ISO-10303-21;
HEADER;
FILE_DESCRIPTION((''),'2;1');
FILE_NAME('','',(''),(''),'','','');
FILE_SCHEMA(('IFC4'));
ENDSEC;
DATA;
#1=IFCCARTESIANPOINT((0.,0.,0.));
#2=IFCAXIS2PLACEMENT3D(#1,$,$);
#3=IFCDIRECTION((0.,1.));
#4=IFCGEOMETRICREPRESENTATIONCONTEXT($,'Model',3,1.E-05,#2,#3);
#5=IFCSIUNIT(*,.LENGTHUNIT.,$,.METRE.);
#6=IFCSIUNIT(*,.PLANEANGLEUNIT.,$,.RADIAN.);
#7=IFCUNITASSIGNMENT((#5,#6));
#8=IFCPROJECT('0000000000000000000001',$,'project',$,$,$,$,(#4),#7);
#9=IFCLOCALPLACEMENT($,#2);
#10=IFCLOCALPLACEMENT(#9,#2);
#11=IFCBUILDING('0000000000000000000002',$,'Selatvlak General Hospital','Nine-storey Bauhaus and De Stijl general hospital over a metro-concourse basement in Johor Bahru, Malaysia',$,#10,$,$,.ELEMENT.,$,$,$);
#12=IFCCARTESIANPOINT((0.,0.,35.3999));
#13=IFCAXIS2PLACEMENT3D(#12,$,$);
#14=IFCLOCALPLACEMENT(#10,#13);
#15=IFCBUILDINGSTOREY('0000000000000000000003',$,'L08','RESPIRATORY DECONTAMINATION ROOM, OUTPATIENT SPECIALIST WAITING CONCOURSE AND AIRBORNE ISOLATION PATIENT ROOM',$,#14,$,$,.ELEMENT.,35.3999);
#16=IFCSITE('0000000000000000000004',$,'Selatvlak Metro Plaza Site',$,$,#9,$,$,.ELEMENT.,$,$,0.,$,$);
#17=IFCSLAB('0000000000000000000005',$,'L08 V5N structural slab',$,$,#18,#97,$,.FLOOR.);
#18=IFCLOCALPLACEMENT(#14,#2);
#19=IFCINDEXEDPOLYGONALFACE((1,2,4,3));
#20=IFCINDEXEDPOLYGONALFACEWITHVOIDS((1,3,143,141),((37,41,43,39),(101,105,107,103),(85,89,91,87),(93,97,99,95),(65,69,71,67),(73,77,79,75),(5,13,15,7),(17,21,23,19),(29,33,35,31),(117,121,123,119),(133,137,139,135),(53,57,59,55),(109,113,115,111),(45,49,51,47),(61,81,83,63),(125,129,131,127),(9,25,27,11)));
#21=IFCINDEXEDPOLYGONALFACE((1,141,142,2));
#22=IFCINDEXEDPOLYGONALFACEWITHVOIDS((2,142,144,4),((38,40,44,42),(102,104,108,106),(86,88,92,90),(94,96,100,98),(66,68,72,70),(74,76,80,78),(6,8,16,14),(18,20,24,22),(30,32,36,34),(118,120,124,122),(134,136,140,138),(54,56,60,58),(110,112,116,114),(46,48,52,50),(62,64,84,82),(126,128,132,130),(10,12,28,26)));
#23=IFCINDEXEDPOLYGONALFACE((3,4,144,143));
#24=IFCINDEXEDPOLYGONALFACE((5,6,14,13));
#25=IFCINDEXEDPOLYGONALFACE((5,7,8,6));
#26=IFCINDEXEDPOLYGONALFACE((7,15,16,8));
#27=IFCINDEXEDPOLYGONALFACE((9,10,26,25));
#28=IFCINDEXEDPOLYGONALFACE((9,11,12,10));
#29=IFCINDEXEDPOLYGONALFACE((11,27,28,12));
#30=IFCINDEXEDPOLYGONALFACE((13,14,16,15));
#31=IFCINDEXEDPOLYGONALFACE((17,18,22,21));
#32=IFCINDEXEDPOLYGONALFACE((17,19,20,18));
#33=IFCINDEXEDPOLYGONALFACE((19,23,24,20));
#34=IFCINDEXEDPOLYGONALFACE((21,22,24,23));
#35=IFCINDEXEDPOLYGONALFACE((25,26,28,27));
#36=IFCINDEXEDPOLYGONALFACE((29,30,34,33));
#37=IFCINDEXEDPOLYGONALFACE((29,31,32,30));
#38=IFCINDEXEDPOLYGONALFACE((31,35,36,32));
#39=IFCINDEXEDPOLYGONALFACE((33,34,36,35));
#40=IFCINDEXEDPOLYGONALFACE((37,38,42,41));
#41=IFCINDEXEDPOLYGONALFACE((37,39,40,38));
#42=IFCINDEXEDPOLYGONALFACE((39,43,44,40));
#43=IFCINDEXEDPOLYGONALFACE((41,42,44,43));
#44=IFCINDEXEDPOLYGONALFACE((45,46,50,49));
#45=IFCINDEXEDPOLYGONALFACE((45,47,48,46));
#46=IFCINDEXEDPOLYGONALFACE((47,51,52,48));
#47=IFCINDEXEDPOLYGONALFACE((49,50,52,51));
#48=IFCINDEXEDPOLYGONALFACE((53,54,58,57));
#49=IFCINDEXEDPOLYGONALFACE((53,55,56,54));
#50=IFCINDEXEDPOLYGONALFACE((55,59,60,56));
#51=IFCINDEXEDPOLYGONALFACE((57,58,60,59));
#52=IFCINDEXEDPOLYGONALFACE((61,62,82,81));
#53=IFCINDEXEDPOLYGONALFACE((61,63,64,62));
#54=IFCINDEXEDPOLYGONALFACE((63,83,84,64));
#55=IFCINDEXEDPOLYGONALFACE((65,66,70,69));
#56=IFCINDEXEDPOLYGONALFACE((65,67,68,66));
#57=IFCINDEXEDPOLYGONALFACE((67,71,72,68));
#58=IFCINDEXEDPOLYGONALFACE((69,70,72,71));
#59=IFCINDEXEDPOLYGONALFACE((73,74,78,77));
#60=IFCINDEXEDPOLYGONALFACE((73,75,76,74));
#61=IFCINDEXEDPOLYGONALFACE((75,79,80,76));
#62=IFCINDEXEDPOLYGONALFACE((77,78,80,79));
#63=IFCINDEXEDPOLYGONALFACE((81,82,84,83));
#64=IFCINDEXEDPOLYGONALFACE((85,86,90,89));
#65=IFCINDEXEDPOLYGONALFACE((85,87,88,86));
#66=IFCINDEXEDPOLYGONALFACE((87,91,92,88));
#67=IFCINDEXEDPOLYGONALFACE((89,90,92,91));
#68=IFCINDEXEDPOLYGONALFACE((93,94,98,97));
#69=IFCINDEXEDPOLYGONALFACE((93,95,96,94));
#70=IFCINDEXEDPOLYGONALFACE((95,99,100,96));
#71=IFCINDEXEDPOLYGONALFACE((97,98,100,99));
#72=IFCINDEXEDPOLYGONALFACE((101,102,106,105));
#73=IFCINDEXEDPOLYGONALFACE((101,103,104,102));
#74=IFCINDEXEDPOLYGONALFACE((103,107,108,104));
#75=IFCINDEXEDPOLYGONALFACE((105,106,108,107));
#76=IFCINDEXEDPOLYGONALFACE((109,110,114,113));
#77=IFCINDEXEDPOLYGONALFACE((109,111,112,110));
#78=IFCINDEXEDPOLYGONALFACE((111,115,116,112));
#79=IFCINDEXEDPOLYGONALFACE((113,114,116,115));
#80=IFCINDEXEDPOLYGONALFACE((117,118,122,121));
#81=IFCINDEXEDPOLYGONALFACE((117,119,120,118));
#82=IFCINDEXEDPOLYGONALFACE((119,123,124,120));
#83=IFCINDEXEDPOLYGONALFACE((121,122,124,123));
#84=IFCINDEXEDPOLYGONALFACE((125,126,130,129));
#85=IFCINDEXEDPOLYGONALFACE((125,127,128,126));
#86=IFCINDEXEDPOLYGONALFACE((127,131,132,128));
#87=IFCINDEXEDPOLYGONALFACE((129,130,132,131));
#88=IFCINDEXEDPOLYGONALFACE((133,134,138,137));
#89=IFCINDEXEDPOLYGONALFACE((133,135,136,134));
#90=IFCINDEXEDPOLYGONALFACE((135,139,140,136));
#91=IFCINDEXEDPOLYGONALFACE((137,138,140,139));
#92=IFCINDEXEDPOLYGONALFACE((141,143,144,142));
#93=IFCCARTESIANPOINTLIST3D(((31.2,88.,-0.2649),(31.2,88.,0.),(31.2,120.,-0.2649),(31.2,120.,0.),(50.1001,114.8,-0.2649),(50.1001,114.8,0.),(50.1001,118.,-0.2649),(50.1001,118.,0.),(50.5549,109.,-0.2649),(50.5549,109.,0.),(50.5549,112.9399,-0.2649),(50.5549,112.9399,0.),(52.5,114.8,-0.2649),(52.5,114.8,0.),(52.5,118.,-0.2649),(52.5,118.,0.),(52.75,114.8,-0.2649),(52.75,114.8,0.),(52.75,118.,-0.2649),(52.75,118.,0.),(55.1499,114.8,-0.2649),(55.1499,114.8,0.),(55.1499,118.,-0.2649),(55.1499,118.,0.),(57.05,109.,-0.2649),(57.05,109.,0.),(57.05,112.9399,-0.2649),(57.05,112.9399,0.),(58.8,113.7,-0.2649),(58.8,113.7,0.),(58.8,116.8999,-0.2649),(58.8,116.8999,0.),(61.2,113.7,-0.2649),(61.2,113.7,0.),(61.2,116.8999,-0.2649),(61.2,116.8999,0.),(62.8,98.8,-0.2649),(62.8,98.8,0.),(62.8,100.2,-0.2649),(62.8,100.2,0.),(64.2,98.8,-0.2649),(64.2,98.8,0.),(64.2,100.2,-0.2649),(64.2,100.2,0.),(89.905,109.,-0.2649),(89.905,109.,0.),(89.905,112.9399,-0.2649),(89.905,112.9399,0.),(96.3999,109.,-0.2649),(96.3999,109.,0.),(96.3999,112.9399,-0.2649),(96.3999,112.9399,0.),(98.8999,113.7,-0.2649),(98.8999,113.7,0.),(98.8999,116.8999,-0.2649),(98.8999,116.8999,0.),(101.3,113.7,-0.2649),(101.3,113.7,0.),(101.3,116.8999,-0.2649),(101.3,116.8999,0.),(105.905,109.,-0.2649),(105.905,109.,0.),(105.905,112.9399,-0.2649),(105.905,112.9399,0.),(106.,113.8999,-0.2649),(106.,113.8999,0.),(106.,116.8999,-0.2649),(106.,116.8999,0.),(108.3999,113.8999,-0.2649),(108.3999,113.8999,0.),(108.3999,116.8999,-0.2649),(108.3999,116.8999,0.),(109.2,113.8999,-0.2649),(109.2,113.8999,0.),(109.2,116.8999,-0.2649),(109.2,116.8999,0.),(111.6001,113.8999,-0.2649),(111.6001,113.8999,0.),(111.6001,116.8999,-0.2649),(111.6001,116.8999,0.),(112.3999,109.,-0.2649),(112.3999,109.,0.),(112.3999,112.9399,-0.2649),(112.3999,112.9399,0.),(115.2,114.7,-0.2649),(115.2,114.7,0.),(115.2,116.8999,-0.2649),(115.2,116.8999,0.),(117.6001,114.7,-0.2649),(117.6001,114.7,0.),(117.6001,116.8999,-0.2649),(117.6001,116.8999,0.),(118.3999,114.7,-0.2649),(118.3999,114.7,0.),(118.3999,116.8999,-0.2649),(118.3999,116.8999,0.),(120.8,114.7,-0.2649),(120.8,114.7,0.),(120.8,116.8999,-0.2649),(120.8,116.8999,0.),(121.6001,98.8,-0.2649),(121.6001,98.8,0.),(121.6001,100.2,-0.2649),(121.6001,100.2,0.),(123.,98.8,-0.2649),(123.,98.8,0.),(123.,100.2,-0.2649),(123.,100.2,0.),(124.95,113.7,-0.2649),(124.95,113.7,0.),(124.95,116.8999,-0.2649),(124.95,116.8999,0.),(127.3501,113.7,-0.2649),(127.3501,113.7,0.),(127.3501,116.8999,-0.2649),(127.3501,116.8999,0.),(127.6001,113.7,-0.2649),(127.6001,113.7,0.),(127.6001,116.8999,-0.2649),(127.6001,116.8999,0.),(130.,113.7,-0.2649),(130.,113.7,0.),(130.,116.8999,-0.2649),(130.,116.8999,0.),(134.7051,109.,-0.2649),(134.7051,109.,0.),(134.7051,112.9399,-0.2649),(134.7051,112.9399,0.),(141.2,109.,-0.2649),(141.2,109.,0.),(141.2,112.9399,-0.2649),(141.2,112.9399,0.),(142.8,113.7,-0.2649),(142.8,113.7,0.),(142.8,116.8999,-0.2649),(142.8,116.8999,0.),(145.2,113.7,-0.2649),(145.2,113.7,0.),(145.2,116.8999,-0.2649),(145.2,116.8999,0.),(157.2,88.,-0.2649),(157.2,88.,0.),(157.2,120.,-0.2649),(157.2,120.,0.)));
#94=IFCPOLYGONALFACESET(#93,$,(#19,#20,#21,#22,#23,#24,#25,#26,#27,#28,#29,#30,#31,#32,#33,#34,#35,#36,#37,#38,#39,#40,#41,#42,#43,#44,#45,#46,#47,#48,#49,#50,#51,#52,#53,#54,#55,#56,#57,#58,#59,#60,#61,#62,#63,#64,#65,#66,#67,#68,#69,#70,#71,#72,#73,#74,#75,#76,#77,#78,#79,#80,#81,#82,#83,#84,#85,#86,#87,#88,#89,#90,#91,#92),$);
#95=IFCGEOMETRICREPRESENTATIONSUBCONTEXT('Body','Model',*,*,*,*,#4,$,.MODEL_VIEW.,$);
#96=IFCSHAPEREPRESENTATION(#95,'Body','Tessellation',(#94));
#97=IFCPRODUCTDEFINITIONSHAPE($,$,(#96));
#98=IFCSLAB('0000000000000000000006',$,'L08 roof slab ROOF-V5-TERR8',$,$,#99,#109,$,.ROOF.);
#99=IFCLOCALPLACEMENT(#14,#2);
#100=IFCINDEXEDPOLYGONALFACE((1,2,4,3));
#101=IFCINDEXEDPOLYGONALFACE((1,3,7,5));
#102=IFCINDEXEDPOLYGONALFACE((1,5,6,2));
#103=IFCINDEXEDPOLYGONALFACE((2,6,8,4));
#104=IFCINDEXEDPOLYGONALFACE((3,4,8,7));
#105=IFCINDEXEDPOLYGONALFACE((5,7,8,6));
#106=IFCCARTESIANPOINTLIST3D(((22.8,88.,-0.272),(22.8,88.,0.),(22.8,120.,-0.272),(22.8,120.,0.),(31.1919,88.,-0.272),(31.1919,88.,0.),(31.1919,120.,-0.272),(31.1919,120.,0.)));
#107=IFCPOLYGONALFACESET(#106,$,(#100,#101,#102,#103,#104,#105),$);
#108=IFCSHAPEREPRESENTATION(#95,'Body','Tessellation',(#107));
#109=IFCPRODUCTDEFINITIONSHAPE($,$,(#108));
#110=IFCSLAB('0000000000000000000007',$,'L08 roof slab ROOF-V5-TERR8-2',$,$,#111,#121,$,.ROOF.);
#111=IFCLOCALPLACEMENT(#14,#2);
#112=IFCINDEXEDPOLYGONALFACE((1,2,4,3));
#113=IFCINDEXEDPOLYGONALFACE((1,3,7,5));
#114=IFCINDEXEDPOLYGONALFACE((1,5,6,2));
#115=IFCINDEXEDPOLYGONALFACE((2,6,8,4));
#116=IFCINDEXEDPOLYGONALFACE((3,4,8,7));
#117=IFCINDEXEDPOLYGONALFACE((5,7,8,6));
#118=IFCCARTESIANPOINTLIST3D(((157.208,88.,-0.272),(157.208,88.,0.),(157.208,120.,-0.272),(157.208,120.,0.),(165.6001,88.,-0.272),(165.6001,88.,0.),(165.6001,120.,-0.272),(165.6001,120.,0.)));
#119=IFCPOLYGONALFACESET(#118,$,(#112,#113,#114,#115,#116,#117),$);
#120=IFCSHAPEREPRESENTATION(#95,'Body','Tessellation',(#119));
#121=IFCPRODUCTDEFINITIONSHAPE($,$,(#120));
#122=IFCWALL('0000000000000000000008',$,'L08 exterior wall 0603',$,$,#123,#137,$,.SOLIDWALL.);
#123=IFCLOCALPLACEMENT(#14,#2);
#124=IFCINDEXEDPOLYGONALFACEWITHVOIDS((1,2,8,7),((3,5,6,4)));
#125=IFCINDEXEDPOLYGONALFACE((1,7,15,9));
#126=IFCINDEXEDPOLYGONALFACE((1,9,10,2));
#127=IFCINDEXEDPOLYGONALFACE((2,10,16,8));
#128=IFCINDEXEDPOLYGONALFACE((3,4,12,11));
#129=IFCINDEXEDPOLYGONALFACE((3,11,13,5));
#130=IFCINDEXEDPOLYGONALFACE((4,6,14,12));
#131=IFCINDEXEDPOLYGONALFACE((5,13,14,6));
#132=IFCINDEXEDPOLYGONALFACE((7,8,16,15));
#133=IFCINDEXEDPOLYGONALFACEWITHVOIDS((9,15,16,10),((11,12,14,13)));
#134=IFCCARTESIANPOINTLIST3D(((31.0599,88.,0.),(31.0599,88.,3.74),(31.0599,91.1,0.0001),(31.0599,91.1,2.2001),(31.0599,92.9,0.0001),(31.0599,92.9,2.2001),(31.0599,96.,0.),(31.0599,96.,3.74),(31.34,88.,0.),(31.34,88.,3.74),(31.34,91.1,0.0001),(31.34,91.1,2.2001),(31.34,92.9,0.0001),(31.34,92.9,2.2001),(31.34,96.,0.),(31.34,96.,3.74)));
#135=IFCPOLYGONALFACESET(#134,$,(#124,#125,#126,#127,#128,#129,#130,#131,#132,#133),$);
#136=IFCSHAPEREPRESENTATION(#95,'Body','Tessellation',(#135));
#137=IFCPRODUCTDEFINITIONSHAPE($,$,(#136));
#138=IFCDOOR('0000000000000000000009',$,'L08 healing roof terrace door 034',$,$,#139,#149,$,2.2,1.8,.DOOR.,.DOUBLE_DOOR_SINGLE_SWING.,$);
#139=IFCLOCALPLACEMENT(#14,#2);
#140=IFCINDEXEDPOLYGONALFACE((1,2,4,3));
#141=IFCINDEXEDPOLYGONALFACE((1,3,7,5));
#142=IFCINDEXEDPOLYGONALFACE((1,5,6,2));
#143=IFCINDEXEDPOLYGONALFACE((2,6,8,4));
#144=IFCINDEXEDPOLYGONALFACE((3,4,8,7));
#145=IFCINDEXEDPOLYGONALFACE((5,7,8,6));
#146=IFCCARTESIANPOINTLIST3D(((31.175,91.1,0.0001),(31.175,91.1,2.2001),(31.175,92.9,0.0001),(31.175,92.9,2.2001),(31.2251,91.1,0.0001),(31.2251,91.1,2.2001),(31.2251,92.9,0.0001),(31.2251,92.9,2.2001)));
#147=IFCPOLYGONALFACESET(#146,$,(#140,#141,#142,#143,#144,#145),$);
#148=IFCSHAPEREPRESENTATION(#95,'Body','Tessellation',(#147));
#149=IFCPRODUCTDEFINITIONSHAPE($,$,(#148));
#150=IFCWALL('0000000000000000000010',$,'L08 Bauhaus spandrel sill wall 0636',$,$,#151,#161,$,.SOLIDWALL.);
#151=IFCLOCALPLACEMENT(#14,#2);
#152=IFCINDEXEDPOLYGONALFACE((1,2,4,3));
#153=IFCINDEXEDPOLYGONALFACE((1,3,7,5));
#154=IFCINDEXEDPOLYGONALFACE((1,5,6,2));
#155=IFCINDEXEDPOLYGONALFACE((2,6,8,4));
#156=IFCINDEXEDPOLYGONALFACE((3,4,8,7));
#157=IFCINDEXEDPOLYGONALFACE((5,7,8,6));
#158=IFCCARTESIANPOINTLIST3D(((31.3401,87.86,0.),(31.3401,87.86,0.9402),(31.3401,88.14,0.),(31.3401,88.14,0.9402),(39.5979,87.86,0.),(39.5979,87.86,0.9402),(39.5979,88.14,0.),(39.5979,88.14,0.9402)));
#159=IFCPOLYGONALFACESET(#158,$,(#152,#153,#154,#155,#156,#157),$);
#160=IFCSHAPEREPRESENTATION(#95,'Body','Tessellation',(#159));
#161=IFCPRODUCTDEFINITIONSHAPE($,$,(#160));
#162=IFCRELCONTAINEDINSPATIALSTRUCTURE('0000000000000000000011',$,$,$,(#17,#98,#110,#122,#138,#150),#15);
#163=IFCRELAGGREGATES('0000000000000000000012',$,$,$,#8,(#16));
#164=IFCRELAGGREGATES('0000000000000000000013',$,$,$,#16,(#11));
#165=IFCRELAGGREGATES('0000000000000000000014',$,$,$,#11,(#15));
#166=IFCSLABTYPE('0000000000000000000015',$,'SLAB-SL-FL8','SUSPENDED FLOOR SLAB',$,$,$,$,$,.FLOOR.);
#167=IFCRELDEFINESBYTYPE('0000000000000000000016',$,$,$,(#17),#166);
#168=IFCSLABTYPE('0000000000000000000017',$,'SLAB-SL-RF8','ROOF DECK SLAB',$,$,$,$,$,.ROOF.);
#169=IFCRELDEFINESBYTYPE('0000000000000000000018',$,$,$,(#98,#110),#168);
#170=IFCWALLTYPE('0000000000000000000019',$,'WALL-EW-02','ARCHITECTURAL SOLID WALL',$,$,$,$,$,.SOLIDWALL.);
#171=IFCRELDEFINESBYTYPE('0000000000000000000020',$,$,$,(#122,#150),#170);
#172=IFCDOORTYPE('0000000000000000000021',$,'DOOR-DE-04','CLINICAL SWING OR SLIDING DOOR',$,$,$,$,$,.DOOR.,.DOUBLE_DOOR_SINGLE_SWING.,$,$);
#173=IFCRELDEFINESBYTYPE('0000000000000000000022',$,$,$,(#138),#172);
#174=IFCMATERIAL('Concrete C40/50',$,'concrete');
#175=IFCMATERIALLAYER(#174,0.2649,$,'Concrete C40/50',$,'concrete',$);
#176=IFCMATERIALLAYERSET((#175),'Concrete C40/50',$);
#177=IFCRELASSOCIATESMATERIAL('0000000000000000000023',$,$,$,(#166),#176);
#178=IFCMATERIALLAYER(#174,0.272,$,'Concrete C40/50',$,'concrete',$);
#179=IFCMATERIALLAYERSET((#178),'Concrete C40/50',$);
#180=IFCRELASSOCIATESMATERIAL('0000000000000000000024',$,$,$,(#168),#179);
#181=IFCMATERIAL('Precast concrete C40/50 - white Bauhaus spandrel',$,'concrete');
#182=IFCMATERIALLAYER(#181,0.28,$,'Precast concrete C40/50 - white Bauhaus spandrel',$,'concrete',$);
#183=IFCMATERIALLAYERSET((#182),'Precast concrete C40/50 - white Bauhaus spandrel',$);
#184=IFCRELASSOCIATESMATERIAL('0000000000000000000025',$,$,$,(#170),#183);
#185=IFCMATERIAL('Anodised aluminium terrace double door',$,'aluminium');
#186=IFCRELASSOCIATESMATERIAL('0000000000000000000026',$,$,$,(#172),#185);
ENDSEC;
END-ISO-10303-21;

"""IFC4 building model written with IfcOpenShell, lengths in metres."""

from ifc_helpers import new_model, si_unit, direction, frame, frame_2d, origin, place, context, subcontext, project, spatial, polyline, rectangle, outline, extrude, material, layer, layer_set, type_object, element, fill, save


model = new_model("IFC4")

# Units and contexts
model_context = context("Model", 3, precision=1e-05, world=origin(), true_north=direction((0.0, 1.0)))
body_context = subcontext(model_context, "Body", "Model", "MODEL_VIEW")
ifc_project = project(units=[si_unit("LENGTHUNIT", "METRE"), si_unit("PLANEANGLEUNIT", "RADIAN")], contexts=[model_context])

# Site, building, storey
site_placement = place(None, origin())
site = spatial("IfcSite", under=ifc_project, at=site_placement, Name="Selatvlak Metro Plaza Site", CompositionType="ELEMENT", RefElevation=0.0)
building_placement = place(site_placement, origin())
building = spatial("IfcBuilding", under=site, at=building_placement, Name="Selatvlak General Hospital", Description="Nine-storey Bauhaus and De Stijl general hospital over a metro-concourse basement in Johor Bahru, Malaysia", CompositionType="ELEMENT")
storey_placement = place(building_placement, frame((0.0, 0.0, 35.3999)))
storey = spatial("IfcBuildingStorey", under=building, at=storey_placement, Name="L08", Description="RESPIRATORY DECONTAMINATION ROOM, OUTPATIENT SPECIALIST WAITING CONCOURSE AND AIRBORNE ISOLATION PATIENT ROOM", CompositionType="ELEMENT", Elevation=35.3999)

# Shared definitions
ifc_material_1 = material(Name="Concrete C40/50", Category="concrete")

# Slabs
ifc_layer_1 = layer(ifc_material_1, 0.2649, Name="Concrete C40/50", Category="concrete")
ifc_layer_set_1 = layer_set([ifc_layer_1], Name="Concrete C40/50")
slab_type_1 = type_object("IfcSlabType", Name="SLAB-SL-FL8", Description="SUSPENDED FLOOR SLAB", PredefinedType="FLOOR", material=ifc_layer_set_1)
slab_1_placement = place(storey_placement, frame((0.0, 0.0, -0.2649)))
element("IfcSlab", 1, at=slab_1_placement, inside=storey, type_object=slab_type_1, Name="L08 V5N structural slab", PredefinedType="FLOOR", context=body_context, shape_type="SweptSolid", body=[
    extrude(outline(polyline([(31.2, 88.0), (31.2, 120.0), (157.2, 120.0), (157.2, 88.0), (31.2, 88.0)]), holes=[polyline([(57.05, 109.0), (57.05, 112.9399), (50.5549, 112.9399), (50.5549, 109.0), (57.05, 109.0)]), polyline([(89.905, 109.0), (96.3999, 109.0), (96.3999, 112.9399), (89.905, 112.9399), (89.905, 109.0)]), polyline([(105.905, 112.9399), (105.905, 109.0), (112.3999, 109.0), (112.3999, 112.9399), (105.905, 112.9399)]), polyline([(141.2, 112.9399), (134.7051, 112.9399), (134.7051, 109.0), (141.2, 109.0), (141.2, 112.9399)]), polyline([(61.2, 116.8999), (58.8, 116.8999), (58.8, 113.7), (61.2, 113.7), (61.2, 116.8999)]), polyline([(101.3, 113.7), (101.3, 116.8999), (98.8999, 116.8999), (98.8999, 113.7), (101.3, 113.7)]), polyline([(142.8, 113.7), (145.2, 113.7), (145.2, 116.8999), (142.8, 116.8999), (142.8, 113.7)]), polyline([(50.1001, 118.0), (50.1001, 114.8), (52.5, 114.8), (52.5, 118.0), (50.1001, 118.0)]), polyline([(55.1499, 118.0), (52.75, 118.0), (52.75, 114.8), (55.1499, 114.8), (55.1499, 118.0)]), polyline([(127.3501, 113.7), (127.3501, 116.8999), (124.95, 116.8999), (124.95, 113.7), (127.3501, 113.7)]), polyline([(127.6001, 113.7), (130.0, 113.7), (130.0, 116.8999), (127.6001, 116.8999), (127.6001, 113.7)]), polyline([(115.2, 116.8999), (115.2, 114.7), (117.6001, 114.7), (117.6001, 116.8999), (115.2, 116.8999)]), polyline([(120.8, 116.8999), (118.3999, 116.8999), (118.3999, 114.7), (120.8, 114.7), (120.8, 116.8999)]), polyline([(108.3999, 113.8999), (108.3999, 116.8999), (106.0, 116.8999), (106.0, 113.8999), (108.3999, 113.8999)]), polyline([(109.2, 113.8999), (111.6001, 113.8999), (111.6001, 116.8999), (109.2, 116.8999), (109.2, 113.8999)]), polyline([(62.8, 100.2), (62.8, 98.8), (64.2, 98.8), (64.2, 100.2), (62.8, 100.2)]), polyline([(123.0, 100.2), (121.6001, 100.2), (121.6001, 98.8), (123.0, 98.8), (123.0, 100.2)])]), origin(), (0.0, 0.0, 1.0), 0.2649),
])
ifc_layer_2 = layer(ifc_material_1, 0.272, Name="Concrete C40/50", Category="concrete")
ifc_layer_set_2 = layer_set([ifc_layer_2], Name="Concrete C40/50")
slab_type_2 = type_object("IfcSlabType", Name="SLAB-SL-RF8", Description="ROOF DECK SLAB", PredefinedType="ROOF", material=ifc_layer_set_2)
slab_2_placement = place(storey_placement, frame((0.0, 0.0, -0.272)))
element("IfcSlab", 2, at=slab_2_placement, inside=storey, type_object=slab_type_2, Name="L08 roof slab ROOF-V5-TERR8", PredefinedType="ROOF", context=body_context, shape_type="SweptSolid", body=[
    extrude(outline(polyline([(31.1919, 120.0), (31.1919, 88.0), (22.8, 88.0), (22.8, 120.0), (31.1919, 120.0)])), origin(), (0.0, 0.0, 1.0), 0.272),
])
slab_3_placement = place(storey_placement, frame((0.0, 0.0, -0.272)))
element("IfcSlab", 3, at=slab_3_placement, inside=storey, type_object=slab_type_2, Name="L08 roof slab ROOF-V5-TERR8-2", PredefinedType="ROOF", context=body_context, shape_type="SweptSolid", body=[
    extrude(outline(polyline([(165.6001, 120.0), (165.6001, 88.0), (157.208, 88.0), (157.208, 120.0), (165.6001, 120.0)])), origin(), (0.0, 0.0, 1.0), 0.272),
])

# Wall, opening, door
ifc_material_2 = material(Name="Precast concrete C40/50 - white Bauhaus spandrel", Category="concrete")
ifc_layer_3 = layer(ifc_material_2, 0.28, Name="Precast concrete C40/50 - white Bauhaus spandrel", Category="concrete")
ifc_layer_set_3 = layer_set([ifc_layer_3], Name="Precast concrete C40/50 - white Bauhaus spandrel")
wall_type = type_object("IfcWallType", Name="WALL-EW-02", Description="ARCHITECTURAL SOLID WALL", PredefinedType="SOLIDWALL", material=ifc_layer_set_3)
wall_1_placement = place(storey_placement, frame((31.2, 88.0, 0.0), z_axis=(0.0, 0.0, 1.0), x_axis=(0.0, 1.0, 0.0)))
wall_1 = element("IfcWall", 4, at=wall_1_placement, inside=storey, type_object=wall_type, Name="L08 exterior wall 0603", PredefinedType="SOLIDWALL", context=body_context, shape_type="SweptSolid", body=[
    extrude(rectangle(XDim=8.0, YDim=0.28, at=frame_2d((4.0, 0.0))), origin(), (0.0, 0.0, 1.0), 3.74),
])
opening_placement = place(wall_1_placement, frame((3.1001, 0.0, 0.0)))
opening = element("IfcOpeningElement", 5, at=opening_placement, cuts=wall_1, PredefinedType="OPENING", context=body_context, shape_type="SweptSolid", body=[
    extrude(rectangle(XDim=1.8, YDim=2.2, at=frame_2d((0.8999, 1.1001))), frame((0.0, 0.1499, 0.0), z_axis=(0.0, -1.0, 0.0), x_axis=(1.0, 0.0, 0.0)), (0.0, 0.0, 1.0), 0.3),
])
ifc_material_3 = material(Name="Anodised aluminium terrace double door", Category="aluminium")
door_type = type_object("IfcDoorType", Name="DOOR-DE-04", Description="CLINICAL SWING OR SLIDING DOOR", OperationType="DOUBLE_DOOR_SINGLE_SWING", PredefinedType="DOOR", material=ifc_material_3)
door_placement = place(opening_placement, origin())
door = element("IfcDoor", 6, at=door_placement, inside=storey, type_object=door_type, Name="L08 healing roof terrace door 034", OperationType="DOUBLE_DOOR_SINGLE_SWING", OverallHeight=2.2, OverallWidth=1.8, PredefinedType="DOOR", context=body_context, shape_type="SweptSolid", body=[
    extrude(rectangle(XDim=1.8, YDim=2.2, at=frame_2d((0.8999, 1.1001))), frame((0.0, 0.0249, 0.0), z_axis=(0.0, -1.0, 0.0), x_axis=(1.0, 0.0, 0.0)), (0.0, 0.0, 1.0), 0.05),
])
fill(opening, door)

# Wall
wall_2_placement = place(storey_placement, frame((39.5979, 88.0, 0.0), z_axis=(0.0, 0.0, 1.0), x_axis=(-1.0, 0.0, 0.0)))
element("IfcWall", 7, at=wall_2_placement, inside=storey, type_object=wall_type, Name="L08 Bauhaus spandrel sill wall 0636", PredefinedType="SOLIDWALL", context=body_context, shape_type="SweptSolid", body=[
    extrude(rectangle(XDim=8.2578, YDim=0.28, at=frame_2d((4.1289, 0.0))), origin(), (0.0, 0.0, 1.0), 0.9402),
])

save(model, "model.ifc")
